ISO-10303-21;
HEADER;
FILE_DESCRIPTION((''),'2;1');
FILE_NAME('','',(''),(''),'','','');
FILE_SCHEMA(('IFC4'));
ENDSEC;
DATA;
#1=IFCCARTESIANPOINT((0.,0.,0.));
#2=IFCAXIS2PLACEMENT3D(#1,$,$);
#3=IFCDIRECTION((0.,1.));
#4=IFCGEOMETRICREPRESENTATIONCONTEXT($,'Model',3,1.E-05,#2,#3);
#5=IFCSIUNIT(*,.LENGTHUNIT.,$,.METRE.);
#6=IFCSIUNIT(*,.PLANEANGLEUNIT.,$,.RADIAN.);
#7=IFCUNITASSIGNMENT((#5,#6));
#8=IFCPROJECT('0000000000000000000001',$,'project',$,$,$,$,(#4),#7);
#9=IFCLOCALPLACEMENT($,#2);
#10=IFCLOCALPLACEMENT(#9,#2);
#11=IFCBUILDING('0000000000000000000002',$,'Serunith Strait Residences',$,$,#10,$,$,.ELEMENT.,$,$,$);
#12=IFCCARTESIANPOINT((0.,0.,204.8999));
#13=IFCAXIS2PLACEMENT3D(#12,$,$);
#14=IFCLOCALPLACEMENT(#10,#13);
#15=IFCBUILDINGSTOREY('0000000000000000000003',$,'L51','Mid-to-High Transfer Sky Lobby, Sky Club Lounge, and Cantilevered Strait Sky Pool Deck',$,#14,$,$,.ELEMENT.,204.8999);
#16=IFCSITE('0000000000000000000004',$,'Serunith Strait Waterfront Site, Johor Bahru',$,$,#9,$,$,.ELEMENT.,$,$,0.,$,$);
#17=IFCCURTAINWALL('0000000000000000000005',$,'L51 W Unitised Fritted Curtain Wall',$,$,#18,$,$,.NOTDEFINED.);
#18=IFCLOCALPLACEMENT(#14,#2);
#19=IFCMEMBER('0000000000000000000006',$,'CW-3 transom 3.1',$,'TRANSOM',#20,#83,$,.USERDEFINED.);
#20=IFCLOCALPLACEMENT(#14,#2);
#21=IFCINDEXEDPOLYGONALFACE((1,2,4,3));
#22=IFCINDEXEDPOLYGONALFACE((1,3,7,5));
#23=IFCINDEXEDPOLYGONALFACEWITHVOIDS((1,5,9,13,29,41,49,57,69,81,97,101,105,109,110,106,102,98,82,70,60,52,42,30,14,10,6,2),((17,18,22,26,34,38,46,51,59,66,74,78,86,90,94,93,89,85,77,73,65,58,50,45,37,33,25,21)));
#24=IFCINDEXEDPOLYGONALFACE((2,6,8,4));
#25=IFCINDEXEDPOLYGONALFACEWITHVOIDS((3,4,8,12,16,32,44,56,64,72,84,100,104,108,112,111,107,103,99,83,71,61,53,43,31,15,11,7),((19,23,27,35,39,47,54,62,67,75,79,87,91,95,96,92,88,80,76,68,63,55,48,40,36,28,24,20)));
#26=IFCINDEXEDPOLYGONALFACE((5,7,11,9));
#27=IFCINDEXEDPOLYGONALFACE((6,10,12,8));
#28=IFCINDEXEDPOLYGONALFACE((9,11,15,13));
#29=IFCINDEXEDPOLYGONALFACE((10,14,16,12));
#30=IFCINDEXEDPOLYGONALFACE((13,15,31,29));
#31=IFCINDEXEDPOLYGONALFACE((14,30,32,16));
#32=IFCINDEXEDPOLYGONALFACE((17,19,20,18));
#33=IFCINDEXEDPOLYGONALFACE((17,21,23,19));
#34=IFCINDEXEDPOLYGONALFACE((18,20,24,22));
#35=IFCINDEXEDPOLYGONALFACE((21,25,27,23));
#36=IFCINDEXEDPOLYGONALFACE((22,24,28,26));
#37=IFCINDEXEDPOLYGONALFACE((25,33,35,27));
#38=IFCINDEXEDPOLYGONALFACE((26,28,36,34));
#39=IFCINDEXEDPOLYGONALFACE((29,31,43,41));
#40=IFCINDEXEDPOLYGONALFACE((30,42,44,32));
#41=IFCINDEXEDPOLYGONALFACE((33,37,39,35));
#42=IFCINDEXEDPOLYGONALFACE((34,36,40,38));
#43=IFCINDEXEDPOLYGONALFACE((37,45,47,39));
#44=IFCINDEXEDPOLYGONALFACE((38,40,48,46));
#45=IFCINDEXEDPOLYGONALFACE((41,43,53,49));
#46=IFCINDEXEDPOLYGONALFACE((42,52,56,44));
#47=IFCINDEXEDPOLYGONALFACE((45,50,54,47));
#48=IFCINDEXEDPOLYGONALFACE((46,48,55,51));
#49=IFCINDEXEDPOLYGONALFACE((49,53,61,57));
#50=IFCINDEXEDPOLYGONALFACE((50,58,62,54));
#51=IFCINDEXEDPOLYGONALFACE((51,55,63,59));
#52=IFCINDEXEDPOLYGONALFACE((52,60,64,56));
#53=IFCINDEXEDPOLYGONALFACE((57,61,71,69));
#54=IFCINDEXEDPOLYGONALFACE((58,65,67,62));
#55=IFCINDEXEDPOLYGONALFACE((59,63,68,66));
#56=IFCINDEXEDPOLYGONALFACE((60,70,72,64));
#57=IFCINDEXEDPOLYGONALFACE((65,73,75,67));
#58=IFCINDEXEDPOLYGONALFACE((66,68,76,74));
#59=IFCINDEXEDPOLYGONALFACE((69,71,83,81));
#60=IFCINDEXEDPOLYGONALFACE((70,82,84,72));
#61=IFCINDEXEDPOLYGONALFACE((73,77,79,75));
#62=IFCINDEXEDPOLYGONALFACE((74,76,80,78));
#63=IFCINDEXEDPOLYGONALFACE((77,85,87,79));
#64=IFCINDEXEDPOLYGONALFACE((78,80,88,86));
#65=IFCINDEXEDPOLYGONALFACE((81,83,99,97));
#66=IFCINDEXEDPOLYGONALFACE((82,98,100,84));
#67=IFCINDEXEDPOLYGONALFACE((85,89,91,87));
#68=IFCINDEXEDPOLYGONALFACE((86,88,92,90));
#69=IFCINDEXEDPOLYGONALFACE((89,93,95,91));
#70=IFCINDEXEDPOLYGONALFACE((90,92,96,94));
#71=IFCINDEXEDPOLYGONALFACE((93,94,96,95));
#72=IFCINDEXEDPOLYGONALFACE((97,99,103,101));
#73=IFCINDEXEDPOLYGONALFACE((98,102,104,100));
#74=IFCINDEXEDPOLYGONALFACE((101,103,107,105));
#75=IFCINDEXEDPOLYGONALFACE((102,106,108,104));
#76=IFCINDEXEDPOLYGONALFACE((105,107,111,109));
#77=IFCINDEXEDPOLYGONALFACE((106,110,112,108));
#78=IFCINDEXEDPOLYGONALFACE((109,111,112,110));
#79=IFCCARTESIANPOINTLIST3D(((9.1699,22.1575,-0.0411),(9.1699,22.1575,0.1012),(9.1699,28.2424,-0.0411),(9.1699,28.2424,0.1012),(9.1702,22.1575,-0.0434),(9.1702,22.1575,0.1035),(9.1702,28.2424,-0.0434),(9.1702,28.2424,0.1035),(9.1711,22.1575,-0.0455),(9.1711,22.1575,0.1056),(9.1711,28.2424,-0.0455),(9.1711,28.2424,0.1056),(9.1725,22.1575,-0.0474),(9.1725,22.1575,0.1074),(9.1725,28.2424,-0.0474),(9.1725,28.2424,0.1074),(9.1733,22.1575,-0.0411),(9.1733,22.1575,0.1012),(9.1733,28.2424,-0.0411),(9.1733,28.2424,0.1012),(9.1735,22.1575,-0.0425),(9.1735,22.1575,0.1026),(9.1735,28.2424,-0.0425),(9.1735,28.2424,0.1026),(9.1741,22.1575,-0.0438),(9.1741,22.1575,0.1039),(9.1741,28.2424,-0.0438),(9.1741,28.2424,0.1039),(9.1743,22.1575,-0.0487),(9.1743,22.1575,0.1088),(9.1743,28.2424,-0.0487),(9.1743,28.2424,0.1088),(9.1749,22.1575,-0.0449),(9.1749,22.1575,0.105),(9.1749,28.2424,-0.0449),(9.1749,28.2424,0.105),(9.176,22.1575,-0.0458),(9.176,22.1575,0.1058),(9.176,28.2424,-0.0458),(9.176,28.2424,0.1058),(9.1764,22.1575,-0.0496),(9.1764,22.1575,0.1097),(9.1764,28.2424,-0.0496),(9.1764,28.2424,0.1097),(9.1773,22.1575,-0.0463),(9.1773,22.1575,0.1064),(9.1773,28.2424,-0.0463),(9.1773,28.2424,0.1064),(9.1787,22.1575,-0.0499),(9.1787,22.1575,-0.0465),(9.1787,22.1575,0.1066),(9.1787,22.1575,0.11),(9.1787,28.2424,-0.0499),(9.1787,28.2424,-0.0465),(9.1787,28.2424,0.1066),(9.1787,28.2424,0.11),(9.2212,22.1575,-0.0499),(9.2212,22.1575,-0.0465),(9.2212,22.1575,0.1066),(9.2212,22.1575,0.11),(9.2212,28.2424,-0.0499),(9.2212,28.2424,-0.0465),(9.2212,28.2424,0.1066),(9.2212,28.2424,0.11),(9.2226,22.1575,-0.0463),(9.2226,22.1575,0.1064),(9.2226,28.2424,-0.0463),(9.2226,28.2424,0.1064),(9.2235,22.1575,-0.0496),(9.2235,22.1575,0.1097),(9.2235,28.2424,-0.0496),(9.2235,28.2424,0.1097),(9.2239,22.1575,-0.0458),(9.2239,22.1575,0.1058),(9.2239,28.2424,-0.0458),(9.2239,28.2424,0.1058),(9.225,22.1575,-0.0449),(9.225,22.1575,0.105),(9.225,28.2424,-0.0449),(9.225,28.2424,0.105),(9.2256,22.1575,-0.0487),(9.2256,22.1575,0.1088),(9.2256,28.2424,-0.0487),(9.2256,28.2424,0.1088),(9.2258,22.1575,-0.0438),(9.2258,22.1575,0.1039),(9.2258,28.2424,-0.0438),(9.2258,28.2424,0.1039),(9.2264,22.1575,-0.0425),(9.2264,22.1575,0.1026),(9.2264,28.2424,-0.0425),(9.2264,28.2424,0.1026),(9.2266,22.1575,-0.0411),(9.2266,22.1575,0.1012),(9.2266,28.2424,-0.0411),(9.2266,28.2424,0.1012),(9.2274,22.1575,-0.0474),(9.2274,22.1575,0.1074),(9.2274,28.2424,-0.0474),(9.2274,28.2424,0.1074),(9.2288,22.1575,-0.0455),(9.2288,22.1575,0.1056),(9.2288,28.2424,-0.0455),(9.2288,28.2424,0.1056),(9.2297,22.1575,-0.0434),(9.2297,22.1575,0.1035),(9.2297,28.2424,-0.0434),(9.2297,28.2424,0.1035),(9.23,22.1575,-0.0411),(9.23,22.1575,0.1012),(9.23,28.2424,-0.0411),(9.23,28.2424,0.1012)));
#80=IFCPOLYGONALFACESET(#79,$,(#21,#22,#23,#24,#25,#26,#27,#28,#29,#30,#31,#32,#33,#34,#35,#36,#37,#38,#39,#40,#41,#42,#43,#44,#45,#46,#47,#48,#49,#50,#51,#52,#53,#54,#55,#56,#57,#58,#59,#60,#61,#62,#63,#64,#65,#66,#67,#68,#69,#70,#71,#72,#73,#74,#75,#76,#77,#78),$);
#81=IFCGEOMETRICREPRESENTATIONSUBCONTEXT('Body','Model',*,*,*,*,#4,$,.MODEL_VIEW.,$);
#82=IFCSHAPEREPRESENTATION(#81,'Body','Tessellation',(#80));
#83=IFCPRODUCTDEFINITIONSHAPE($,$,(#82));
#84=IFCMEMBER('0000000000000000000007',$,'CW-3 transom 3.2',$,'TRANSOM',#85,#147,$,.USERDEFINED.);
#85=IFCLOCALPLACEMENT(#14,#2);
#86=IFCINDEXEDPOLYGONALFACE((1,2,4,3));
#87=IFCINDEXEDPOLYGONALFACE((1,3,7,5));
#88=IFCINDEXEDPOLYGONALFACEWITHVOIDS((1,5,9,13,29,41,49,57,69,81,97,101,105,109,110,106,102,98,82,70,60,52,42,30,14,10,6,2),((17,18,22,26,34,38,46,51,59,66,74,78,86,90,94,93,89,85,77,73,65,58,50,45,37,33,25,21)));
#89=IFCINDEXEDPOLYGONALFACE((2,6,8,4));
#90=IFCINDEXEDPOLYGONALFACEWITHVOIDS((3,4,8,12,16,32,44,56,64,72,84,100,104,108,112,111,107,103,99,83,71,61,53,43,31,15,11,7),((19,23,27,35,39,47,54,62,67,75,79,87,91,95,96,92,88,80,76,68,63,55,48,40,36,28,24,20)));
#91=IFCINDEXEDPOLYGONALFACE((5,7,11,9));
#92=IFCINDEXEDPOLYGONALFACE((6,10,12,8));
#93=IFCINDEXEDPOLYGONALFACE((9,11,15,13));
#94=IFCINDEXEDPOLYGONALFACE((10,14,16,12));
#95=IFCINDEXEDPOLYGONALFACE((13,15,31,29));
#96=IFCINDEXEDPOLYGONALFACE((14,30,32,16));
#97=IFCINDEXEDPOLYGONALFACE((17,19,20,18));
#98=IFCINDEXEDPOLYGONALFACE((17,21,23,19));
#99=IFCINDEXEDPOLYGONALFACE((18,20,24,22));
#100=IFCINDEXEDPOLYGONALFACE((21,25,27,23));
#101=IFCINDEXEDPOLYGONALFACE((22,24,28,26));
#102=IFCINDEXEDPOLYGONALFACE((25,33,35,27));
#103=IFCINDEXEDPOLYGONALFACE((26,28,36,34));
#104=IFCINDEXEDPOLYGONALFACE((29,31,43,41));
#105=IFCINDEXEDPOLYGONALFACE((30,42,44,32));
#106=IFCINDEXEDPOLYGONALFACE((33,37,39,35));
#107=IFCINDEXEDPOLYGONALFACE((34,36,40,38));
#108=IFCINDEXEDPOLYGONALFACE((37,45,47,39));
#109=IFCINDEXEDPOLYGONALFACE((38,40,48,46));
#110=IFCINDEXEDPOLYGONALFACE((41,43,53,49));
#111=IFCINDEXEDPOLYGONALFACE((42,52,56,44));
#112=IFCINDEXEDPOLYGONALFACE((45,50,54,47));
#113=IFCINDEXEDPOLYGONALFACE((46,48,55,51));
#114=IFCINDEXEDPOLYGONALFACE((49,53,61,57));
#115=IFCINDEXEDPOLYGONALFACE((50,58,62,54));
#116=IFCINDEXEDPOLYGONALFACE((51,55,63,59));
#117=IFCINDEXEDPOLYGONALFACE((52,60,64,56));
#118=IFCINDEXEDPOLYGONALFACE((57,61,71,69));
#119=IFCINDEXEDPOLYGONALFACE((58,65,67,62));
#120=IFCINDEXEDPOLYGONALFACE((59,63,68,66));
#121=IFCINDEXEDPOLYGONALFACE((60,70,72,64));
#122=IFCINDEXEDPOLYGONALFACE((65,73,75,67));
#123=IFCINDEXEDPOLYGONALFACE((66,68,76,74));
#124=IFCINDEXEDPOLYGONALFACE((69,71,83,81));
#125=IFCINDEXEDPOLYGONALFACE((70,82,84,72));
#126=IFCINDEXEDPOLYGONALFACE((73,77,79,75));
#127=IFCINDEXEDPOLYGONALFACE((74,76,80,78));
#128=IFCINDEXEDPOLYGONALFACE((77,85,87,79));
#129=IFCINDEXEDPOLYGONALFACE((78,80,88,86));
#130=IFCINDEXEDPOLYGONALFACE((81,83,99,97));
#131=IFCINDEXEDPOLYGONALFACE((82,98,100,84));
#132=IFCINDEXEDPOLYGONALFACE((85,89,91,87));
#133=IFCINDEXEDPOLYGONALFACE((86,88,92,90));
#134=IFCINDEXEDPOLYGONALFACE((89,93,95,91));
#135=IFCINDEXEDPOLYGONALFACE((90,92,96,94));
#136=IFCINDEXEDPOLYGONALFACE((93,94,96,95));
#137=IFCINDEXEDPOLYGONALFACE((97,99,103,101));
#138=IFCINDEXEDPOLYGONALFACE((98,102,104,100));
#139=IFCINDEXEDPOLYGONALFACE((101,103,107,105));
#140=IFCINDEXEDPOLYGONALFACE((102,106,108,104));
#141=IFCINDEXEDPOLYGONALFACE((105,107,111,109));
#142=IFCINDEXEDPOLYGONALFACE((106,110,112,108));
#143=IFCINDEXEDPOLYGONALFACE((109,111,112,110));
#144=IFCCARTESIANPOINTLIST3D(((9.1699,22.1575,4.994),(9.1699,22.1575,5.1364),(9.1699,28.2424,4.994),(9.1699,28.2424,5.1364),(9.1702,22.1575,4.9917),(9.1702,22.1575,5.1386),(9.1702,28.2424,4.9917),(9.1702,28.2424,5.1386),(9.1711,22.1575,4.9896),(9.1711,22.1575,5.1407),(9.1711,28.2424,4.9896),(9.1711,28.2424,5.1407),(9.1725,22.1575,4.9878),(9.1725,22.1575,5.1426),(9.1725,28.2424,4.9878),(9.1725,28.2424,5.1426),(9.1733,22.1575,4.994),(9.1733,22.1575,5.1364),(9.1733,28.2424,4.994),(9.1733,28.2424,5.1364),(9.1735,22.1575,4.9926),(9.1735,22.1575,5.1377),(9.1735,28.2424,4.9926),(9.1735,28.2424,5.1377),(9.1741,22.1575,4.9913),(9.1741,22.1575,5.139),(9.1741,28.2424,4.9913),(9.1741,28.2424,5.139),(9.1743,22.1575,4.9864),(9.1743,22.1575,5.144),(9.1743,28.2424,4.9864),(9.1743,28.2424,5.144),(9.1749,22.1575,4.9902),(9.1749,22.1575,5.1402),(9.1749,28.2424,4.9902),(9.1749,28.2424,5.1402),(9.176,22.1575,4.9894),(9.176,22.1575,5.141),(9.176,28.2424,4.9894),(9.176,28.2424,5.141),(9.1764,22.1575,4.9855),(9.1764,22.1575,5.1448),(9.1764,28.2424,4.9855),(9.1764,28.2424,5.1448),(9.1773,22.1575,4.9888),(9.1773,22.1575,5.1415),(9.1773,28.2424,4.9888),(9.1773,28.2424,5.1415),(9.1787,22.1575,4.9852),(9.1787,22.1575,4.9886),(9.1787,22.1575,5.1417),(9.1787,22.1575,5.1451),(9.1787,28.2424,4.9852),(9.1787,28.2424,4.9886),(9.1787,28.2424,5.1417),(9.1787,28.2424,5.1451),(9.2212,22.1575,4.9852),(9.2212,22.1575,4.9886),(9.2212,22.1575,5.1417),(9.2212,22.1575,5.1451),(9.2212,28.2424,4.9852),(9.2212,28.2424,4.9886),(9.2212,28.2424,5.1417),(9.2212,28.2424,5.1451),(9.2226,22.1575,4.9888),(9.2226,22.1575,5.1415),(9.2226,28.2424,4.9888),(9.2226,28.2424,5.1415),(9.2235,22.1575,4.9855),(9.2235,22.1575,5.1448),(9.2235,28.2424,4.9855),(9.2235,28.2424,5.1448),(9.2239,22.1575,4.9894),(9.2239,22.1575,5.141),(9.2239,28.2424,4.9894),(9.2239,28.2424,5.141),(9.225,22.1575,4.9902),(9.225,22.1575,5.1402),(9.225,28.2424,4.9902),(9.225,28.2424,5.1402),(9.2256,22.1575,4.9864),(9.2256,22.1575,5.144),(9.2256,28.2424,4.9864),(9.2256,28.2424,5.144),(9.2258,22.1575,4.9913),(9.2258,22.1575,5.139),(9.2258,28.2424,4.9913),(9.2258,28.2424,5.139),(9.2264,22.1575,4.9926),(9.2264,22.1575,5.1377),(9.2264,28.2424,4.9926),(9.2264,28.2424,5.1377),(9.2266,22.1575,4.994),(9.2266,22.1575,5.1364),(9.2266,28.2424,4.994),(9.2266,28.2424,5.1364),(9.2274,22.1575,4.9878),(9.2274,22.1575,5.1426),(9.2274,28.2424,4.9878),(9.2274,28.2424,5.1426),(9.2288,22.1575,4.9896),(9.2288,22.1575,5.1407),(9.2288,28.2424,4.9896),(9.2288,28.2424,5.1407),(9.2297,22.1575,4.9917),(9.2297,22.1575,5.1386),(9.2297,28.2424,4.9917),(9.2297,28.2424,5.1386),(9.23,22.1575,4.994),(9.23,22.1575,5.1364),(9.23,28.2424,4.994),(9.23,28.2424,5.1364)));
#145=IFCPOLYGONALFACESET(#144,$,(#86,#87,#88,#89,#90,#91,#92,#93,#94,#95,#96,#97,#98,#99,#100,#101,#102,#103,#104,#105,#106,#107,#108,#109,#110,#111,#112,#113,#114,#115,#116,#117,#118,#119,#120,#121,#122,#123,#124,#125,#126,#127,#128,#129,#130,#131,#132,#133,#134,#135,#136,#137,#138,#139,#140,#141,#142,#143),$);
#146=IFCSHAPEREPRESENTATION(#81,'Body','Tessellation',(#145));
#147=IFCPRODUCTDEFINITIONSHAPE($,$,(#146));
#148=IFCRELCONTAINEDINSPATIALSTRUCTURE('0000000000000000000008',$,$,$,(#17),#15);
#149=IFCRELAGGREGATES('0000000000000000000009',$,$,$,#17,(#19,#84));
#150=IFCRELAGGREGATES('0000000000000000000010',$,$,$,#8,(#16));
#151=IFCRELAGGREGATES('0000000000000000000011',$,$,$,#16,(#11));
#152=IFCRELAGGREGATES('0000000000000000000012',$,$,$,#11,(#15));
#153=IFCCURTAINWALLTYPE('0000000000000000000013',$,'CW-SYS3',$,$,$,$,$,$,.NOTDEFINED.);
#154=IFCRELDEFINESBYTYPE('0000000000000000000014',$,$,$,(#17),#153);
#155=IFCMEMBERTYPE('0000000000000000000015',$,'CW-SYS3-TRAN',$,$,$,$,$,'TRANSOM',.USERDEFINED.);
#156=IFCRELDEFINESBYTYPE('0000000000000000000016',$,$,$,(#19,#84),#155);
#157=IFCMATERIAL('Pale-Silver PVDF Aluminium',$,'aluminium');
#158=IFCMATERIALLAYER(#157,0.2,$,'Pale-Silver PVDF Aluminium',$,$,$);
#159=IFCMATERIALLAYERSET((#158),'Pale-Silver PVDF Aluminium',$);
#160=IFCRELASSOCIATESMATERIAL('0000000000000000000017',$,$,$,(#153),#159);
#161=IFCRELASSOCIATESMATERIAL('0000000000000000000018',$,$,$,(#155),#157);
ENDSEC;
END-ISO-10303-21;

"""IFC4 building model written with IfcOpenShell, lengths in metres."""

from ifc_helpers import new_model, si_unit, direction, frame, origin, origin_2d, place, context, subcontext, project, spatial, hollow_rectangle, extrude, source, transform, mapped, material, layer, layer_set, material_profile, profile_set, type_object, element, aggregate, save


model = new_model("IFC4")

# Units and contexts
model_context = context("Model", 3, precision=1e-05, world=origin(), true_north=direction((0.0, 1.0)))
body_context = subcontext(model_context, "Body", "Model", "MODEL_VIEW")
ifc_project = project(units=[si_unit("LENGTHUNIT", "METRE"), si_unit("PLANEANGLEUNIT", "RADIAN")], contexts=[model_context])

# Site, building, storey
site_placement = place(None, origin())
site = spatial("IfcSite", under=ifc_project, at=site_placement, Name="Serunith Strait Waterfront Site, Johor Bahru", CompositionType="ELEMENT", RefElevation=0.0)
building_placement = place(site_placement, origin())
building = spatial("IfcBuilding", under=site, at=building_placement, Name="Serunith Strait Residences", CompositionType="ELEMENT")
storey_placement = place(building_placement, frame((0.0, 0.0, 204.8999)))
storey = spatial("IfcBuildingStorey", under=building, at=storey_placement, Name="L51", Description="Mid-to-High Transfer Sky Lobby, Sky Club Lounge, and Cantilevered Strait Sky Pool Deck", CompositionType="ELEMENT", Elevation=204.8999)

# Curtain wall, members
ifc_material_1 = material(Name="Pale-Silver PVDF Aluminium", Category="aluminium")
ifc_layer_1 = layer(ifc_material_1, 0.2, Name="Pale-Silver PVDF Aluminium")
ifc_layer_set_1 = layer_set([ifc_layer_1], Name="Pale-Silver PVDF Aluminium")
curtain_wall_type = type_object("IfcCurtainWallType", Name="CW-SYS3", PredefinedType="NOTDEFINED", material=ifc_layer_set_1)
curtain_wall_placement = place(storey_placement, origin())
curtain_wall = element("IfcCurtainWall", 1, at=curtain_wall_placement, inside=storey, type_object=curtain_wall_type, Name="L51 W Unitised Fritted Curtain Wall", PredefinedType="NOTDEFINED")
ifc_material_profile_1 = material_profile(ifc_material_1, hollow_rectangle(XDim=0.0601, YDim=0.1599, WallThickness=0.0034, InnerFilletRadius=0.0054, OuterFilletRadius=0.0088, at=origin_2d()), Name="ALU 160x60x3.5")
ifc_profile_set_1 = profile_set([ifc_material_profile_1], Name="Pale-Silver PVDF Aluminium")
member_type_1 = type_object("IfcMemberType", Name="CW-SYS3-TRAN", ElementType="TRANSOM", PredefinedType="USERDEFINED", material=ifc_profile_set_1)
shared_shape_1 = source(origin(), body_context, "Body", "SweptSolid", [
    extrude(hollow_rectangle(XDim=0.0601, YDim=0.1599, WallThickness=0.0034, InnerFilletRadius=0.0054, OuterFilletRadius=0.0088, at=origin_2d()), origin(), (0.0, 0.0, 1.0), 6.085),
])
member_1_placement = place(storey_placement, frame((9.2, 28.2424, 0.03), z_axis=(0.0, -1.0, 0.0), x_axis=(1.0, 0.0, 0.0)))
member_1 = element("IfcMember", 2, at=member_1_placement, type_object=member_type_1, Name="CW-3 transom 3.1", ObjectType="TRANSOM", PredefinedType="USERDEFINED", context=body_context, shape_type="MappedRepresentation", body=[
    mapped(shared_shape_1, transform((0.0, 0.0, 0.0), scale=1.0)),
])
member_2_placement = place(storey_placement, frame((9.2, 28.2424, 5.0652), z_axis=(0.0, -1.0, 0.0), x_axis=(1.0, 0.0, 0.0)))
member_2 = element("IfcMember", 3, at=member_2_placement, type_object=member_type_1, Name="CW-3 transom 3.2", ObjectType="TRANSOM", PredefinedType="USERDEFINED", context=body_context, shape_type="MappedRepresentation", body=[
    mapped(shared_shape_1, transform((0.0, 0.0, 0.0), scale=1.0)),
])
aggregate(curtain_wall, [member_1, member_2])

save(model, "model.ifc")
